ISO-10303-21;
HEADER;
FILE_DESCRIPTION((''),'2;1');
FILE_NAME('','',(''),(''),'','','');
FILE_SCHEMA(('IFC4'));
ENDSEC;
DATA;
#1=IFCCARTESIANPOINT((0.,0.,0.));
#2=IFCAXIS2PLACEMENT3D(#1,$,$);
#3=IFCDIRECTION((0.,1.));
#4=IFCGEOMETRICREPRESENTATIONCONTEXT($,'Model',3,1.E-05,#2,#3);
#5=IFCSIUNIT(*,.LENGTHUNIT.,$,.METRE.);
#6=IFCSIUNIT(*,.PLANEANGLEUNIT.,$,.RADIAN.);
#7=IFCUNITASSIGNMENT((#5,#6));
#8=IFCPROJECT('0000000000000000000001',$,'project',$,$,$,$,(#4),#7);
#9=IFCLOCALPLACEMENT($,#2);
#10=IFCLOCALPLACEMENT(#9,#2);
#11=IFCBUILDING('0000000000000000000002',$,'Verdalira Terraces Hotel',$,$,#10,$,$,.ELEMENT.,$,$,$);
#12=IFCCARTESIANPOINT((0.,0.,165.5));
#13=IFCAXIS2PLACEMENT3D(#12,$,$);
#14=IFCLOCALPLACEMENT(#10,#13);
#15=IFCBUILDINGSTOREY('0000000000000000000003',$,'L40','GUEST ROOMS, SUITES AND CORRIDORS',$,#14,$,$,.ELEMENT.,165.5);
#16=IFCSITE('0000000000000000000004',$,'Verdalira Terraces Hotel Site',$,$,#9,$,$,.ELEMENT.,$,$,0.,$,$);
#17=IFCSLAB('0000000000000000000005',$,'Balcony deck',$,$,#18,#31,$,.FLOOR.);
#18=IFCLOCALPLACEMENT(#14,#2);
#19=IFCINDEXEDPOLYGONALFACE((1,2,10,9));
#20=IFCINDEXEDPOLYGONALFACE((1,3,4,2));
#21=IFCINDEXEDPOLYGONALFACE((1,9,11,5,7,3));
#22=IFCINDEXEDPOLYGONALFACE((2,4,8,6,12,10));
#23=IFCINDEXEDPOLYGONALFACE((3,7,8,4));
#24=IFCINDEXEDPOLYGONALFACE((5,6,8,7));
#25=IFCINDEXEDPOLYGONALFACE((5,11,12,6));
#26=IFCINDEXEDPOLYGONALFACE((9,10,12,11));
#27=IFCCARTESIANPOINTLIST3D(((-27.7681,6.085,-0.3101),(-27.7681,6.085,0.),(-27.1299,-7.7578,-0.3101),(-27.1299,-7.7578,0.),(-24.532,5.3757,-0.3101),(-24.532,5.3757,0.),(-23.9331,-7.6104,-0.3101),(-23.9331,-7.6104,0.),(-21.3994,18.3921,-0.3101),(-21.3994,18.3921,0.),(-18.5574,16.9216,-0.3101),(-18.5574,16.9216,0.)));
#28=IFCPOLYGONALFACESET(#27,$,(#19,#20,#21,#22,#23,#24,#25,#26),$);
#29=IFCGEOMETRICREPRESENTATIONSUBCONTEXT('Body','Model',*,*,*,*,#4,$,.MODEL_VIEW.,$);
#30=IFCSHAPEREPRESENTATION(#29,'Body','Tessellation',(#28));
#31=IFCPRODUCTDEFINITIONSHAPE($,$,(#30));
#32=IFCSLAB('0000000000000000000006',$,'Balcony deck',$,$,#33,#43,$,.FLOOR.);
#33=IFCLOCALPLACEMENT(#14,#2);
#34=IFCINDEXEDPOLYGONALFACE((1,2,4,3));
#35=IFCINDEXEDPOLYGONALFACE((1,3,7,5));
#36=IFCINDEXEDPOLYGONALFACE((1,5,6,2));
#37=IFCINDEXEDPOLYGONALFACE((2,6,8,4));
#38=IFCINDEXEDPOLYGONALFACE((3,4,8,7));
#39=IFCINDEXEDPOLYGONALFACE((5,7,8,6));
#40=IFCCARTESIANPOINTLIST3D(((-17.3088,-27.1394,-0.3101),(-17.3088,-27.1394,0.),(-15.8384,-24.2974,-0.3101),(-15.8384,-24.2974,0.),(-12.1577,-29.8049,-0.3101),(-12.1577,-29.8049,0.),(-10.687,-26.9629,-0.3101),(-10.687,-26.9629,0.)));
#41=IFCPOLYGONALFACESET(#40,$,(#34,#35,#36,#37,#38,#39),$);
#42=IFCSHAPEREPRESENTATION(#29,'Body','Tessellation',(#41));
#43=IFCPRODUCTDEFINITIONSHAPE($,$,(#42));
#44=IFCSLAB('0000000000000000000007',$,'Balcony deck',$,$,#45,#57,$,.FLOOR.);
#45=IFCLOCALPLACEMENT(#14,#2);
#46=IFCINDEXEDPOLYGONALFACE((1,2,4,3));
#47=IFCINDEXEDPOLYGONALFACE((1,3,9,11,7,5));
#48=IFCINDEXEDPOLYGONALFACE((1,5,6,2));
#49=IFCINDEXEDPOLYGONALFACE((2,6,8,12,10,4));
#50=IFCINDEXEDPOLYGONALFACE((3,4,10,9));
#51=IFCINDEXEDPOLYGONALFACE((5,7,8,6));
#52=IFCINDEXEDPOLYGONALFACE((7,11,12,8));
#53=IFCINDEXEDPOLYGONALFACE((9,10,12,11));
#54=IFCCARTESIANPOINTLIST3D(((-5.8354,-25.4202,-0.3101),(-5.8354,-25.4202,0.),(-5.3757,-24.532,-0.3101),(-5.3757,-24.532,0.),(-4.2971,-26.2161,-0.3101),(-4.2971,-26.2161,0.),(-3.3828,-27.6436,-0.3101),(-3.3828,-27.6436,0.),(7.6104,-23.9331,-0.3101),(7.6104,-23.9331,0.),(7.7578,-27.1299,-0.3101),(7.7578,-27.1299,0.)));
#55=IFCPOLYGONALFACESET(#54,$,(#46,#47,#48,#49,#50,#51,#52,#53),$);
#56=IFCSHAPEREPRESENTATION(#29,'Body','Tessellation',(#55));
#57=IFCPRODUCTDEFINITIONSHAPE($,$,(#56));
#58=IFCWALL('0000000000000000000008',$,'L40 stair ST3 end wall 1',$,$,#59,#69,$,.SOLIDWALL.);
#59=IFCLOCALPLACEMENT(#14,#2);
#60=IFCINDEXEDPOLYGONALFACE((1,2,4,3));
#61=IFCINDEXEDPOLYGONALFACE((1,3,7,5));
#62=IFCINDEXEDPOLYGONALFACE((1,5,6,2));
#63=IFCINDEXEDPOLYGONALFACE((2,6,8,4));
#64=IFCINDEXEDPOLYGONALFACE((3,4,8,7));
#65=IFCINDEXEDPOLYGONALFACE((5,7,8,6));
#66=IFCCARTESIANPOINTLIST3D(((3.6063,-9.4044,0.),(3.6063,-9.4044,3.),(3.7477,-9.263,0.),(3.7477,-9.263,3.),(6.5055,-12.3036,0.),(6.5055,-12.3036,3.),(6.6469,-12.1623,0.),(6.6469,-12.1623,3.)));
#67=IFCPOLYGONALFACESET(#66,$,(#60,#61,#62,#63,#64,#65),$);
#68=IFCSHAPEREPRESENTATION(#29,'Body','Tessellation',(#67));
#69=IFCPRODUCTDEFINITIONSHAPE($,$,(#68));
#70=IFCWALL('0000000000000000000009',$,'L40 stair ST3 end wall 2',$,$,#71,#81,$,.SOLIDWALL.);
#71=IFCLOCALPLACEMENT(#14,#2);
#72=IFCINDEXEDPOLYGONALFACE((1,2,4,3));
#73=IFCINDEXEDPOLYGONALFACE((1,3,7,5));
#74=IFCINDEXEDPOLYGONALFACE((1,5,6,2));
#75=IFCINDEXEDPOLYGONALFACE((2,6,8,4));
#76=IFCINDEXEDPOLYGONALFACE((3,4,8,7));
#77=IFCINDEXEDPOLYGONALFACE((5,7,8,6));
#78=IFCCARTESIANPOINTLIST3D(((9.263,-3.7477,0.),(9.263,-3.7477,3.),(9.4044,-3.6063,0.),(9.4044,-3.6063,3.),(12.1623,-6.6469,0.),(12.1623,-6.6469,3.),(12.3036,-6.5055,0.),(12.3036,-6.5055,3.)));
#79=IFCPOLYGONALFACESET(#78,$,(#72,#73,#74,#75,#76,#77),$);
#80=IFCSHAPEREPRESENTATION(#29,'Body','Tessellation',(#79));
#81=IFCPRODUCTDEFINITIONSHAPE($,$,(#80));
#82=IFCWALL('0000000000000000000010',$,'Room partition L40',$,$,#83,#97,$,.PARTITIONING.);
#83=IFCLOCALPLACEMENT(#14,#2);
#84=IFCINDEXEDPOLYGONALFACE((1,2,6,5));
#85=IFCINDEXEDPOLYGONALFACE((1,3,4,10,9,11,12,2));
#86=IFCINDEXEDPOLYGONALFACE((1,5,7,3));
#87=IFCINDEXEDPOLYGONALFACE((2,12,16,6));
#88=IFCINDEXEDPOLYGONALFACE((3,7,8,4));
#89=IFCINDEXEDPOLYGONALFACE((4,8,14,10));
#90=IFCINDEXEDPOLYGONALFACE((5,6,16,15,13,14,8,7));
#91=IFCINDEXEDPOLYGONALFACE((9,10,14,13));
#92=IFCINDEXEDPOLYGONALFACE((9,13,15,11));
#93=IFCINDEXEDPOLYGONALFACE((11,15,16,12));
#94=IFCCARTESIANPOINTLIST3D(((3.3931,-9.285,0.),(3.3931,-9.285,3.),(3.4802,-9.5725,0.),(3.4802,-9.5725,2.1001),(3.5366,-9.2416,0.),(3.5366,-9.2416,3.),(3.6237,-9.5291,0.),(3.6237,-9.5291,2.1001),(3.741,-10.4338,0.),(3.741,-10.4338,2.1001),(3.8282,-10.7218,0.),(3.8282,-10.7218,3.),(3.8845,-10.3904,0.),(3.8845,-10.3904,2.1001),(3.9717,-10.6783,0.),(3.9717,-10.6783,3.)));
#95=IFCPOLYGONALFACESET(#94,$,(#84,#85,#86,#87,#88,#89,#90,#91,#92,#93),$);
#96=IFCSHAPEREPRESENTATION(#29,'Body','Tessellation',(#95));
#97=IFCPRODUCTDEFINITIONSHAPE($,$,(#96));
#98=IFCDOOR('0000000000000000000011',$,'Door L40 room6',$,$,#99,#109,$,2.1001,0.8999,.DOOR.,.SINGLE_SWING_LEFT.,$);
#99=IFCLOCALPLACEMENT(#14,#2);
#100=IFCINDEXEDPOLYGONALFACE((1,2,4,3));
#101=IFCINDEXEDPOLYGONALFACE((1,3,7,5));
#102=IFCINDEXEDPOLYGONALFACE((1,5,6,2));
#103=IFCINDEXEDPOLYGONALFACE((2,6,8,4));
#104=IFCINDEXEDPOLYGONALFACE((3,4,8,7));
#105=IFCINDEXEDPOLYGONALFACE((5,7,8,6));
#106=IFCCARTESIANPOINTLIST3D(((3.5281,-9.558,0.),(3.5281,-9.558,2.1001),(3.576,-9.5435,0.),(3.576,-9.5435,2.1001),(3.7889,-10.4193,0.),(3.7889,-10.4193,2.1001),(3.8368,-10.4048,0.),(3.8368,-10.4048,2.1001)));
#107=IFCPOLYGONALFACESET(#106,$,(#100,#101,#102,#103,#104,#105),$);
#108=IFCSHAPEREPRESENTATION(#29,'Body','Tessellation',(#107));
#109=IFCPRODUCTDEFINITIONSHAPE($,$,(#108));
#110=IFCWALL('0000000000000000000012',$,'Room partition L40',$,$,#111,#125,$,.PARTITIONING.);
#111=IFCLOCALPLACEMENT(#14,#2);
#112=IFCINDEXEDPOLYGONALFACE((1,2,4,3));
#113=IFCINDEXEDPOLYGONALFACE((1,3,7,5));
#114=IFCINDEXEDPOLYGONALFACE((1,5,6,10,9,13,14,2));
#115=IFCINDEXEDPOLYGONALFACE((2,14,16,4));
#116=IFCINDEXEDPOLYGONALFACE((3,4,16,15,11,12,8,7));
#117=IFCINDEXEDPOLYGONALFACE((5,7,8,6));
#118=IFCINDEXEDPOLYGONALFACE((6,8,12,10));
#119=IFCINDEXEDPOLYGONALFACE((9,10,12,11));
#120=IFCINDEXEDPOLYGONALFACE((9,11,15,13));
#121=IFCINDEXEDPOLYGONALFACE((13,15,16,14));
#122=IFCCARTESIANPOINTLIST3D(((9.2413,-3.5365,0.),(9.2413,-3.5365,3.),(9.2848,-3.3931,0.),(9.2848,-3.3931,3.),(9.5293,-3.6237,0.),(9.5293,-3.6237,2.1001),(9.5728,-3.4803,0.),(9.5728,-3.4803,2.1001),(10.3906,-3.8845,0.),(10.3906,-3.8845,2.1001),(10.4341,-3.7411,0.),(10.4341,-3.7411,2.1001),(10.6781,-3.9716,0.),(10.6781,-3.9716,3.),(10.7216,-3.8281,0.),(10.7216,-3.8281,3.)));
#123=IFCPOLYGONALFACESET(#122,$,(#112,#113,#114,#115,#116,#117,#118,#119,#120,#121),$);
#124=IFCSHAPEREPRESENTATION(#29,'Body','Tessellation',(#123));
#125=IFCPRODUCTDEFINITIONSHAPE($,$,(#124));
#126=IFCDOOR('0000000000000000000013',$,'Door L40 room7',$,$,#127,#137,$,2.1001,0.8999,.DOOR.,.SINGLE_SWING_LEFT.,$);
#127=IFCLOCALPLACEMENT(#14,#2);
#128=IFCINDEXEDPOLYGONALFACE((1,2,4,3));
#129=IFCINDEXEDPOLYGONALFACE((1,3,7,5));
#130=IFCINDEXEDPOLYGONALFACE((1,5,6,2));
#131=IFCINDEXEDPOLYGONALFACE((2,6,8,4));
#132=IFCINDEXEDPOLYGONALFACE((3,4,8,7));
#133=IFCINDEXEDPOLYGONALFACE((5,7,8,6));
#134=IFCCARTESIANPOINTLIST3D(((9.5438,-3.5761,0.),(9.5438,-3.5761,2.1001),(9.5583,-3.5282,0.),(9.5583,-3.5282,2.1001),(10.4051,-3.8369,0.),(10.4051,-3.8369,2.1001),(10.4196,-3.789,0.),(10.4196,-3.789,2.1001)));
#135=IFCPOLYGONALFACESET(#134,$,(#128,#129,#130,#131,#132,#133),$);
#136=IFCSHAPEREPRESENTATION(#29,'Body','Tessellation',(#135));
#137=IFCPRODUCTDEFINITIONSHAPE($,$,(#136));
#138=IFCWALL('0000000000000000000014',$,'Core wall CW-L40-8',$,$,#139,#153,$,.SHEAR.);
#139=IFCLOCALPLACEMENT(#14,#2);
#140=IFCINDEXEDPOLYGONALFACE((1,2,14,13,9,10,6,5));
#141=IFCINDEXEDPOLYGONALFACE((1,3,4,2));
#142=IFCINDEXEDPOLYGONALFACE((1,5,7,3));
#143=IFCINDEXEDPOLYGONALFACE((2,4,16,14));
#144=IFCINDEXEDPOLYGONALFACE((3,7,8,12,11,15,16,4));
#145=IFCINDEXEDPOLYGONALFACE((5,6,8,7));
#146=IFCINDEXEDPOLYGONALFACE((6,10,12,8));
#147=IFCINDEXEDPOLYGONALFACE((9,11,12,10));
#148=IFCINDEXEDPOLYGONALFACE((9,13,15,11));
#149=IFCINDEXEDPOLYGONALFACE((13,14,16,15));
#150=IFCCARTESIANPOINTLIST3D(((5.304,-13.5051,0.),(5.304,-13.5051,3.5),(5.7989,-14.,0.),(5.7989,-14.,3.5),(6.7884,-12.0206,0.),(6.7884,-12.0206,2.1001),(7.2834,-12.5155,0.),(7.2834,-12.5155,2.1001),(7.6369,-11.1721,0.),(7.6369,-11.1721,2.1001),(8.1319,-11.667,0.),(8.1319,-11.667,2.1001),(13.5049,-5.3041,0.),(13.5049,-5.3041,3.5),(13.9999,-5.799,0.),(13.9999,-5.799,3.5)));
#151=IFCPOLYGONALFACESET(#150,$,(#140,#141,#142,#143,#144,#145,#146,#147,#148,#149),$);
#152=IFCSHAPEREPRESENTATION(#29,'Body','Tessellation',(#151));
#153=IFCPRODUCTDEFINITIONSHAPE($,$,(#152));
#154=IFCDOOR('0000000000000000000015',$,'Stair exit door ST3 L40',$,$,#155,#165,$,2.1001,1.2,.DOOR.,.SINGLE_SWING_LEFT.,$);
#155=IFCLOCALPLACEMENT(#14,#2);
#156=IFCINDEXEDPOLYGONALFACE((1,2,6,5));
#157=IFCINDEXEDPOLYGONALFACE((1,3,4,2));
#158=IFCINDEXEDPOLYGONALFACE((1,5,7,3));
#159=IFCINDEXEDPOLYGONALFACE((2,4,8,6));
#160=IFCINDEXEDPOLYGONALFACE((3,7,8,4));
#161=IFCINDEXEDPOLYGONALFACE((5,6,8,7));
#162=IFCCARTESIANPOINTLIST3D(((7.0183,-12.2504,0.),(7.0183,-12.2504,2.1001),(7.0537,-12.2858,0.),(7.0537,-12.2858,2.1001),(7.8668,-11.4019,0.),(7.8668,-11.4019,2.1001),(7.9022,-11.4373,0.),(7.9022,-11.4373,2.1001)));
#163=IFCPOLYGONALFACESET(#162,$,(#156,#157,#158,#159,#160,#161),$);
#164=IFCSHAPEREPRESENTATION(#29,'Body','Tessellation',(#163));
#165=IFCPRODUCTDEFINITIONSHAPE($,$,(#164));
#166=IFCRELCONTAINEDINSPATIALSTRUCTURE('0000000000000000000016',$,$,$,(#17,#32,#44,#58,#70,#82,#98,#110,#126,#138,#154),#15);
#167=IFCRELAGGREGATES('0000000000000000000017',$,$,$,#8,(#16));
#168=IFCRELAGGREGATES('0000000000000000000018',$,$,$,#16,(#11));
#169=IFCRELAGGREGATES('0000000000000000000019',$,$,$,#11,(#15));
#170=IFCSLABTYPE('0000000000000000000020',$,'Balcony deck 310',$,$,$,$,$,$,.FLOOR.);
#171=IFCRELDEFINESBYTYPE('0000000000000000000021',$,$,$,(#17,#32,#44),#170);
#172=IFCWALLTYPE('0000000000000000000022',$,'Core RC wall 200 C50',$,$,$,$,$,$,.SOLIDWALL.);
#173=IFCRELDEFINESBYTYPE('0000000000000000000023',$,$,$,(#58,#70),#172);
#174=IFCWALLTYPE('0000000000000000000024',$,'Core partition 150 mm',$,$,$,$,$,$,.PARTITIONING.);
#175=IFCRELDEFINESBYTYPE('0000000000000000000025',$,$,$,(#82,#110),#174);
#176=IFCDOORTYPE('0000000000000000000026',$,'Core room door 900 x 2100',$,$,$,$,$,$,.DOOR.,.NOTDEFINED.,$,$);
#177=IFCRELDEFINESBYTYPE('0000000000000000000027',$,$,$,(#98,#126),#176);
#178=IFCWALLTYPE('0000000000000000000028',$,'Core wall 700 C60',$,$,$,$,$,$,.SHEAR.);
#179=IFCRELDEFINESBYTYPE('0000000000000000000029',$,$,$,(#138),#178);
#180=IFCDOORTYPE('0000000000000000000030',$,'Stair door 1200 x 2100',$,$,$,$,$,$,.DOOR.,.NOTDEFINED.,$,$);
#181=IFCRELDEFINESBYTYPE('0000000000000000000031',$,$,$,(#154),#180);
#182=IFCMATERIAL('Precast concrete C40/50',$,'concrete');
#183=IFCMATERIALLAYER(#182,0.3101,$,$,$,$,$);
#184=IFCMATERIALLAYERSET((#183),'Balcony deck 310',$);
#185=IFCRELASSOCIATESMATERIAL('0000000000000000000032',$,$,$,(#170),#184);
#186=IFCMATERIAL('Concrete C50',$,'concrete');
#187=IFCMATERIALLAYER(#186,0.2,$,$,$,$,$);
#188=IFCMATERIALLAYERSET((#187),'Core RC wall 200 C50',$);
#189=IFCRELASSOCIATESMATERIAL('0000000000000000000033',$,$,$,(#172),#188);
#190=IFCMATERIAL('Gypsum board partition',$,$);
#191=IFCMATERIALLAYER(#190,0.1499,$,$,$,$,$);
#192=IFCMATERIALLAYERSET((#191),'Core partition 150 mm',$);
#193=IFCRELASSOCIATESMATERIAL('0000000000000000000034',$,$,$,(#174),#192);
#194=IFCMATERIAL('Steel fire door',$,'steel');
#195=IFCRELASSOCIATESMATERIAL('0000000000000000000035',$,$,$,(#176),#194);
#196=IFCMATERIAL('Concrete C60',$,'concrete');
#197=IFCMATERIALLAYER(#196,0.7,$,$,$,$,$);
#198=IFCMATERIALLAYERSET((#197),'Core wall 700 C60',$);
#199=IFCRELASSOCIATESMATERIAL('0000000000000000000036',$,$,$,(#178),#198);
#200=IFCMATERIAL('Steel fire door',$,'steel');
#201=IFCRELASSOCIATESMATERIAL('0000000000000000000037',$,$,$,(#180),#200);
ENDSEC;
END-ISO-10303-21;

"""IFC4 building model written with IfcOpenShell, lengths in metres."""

from ifc_helpers import new_model, si_unit, direction, frame, frame_2d, origin, place, context, subcontext, project, spatial, polyline, rectangle, outline, extrude, material, layer, layer_set, type_object, element, fill, save


model = new_model("IFC4")

# Units and contexts
model_context = context("Model", 3, precision=1e-05, world=origin(), true_north=direction((0.0, 1.0)))
body_context = subcontext(model_context, "Body", "Model", "MODEL_VIEW")
ifc_project = project(units=[si_unit("LENGTHUNIT", "METRE"), si_unit("PLANEANGLEUNIT", "RADIAN")], contexts=[model_context])

# Site, building, storey
site_placement = place(None, origin())
site = spatial("IfcSite", under=ifc_project, at=site_placement, Name="Verdalira Terraces Hotel Site", CompositionType="ELEMENT", RefElevation=0.0)
building_placement = place(site_placement, origin())
building = spatial("IfcBuilding", under=site, at=building_placement, Name="Verdalira Terraces Hotel", CompositionType="ELEMENT")
storey_placement = place(building_placement, frame((0.0, 0.0, 165.5)))
storey = spatial("IfcBuildingStorey", under=building, at=storey_placement, Name="L40", Description="GUEST ROOMS, SUITES AND CORRIDORS", CompositionType="ELEMENT", Elevation=165.5)

# Slabs
ifc_material_1 = material(Name="Precast concrete C40/50", Category="concrete")
ifc_layer_1 = layer(ifc_material_1, 0.3101)
ifc_layer_set_1 = layer_set([ifc_layer_1], Name="Balcony deck 310")
slab_type = type_object("IfcSlabType", Name="Balcony deck 310", PredefinedType="FLOOR", material=ifc_layer_set_1)
slab_1_placement = place(storey_placement, frame((0.0, 0.0, -0.3101)))
element("IfcSlab", 1, at=slab_1_placement, inside=storey, type_object=slab_type, Name="Balcony deck", PredefinedType="FLOOR", context=body_context, shape_type="SweptSolid", body=[
    extrude(outline(polyline([(-27.7681, 6.085), (-27.1299, -7.7578), (-23.9331, -7.6104), (-24.532, 5.3757), (-18.5574, 16.9216), (-21.3994, 18.3921), (-27.7681, 6.085)])), origin(), (0.0, 0.0, 1.0), 0.3101),
])
slab_2_placement = place(storey_placement, frame((0.0, 0.0, -0.3101)))
element("IfcSlab", 2, at=slab_2_placement, inside=storey, type_object=slab_type, Name="Balcony deck", PredefinedType="FLOOR", context=body_context, shape_type="SweptSolid", body=[
    extrude(outline(polyline([(-12.1577, -29.8049), (-10.687, -26.9629), (-15.8384, -24.2974), (-17.3088, -27.1394), (-12.1577, -29.8049)])), origin(), (0.0, 0.0, 1.0), 0.3101),
])
slab_3_placement = place(storey_placement, frame((0.0, 0.0, -0.3101)))
element("IfcSlab", 3, at=slab_3_placement, inside=storey, type_object=slab_type, Name="Balcony deck", PredefinedType="FLOOR", context=body_context, shape_type="SweptSolid", body=[
    extrude(outline(polyline([(-3.3828, -27.6436), (7.7578, -27.1299), (7.6104, -23.9331), (-5.3757, -24.532), (-5.8354, -25.4202), (-4.2971, -26.2161), (-3.3828, -27.6436)])), origin(), (0.0, 0.0, 1.0), 0.3101),
])

# Walls
ifc_material_2 = material(Name="Concrete C50", Category="concrete")
ifc_layer_2 = layer(ifc_material_2, 0.2)
ifc_layer_set_2 = layer_set([ifc_layer_2], Name="Core RC wall 200 C50")
wall_type_1 = type_object("IfcWallType", Name="Core RC wall 200 C50", PredefinedType="SOLIDWALL", material=ifc_layer_set_2)
for number, where, z_axis, x_axis, name in (
    (4, (3.677, -9.3337, 0.0), (0.0, 0.0, 1.0), (0.707107, -0.707107, 0.0), "L40 stair ST3 end wall 1"),
    (5, (9.3337, -3.677, 0.0), (0.0, 0.0, 1.0), (0.707107, -0.707107, 0.0), "L40 stair ST3 end wall 2"),
):
    element("IfcWall", number, at=place(storey_placement, frame(where, z_axis=z_axis, x_axis=x_axis)), inside=storey, type_object=wall_type_1, Name=name, PredefinedType="SOLIDWALL", context=body_context, shape_type="SweptSolid", body=[
        extrude(rectangle(XDim=4.1001, YDim=0.2, at=frame_2d((2.05, 0.0))), origin(), (0.0, 0.0, 1.0), 3.0),
    ])

# Walls, openings, doors
ifc_material_3 = material(Name="Gypsum board partition")
ifc_layer_3 = layer(ifc_material_3, 0.1499)
ifc_layer_set_3 = layer_set([ifc_layer_3], Name="Core partition 150 mm")
wall_type_2 = type_object("IfcWallType", Name="Core partition 150 mm", PredefinedType="PARTITIONING", material=ifc_layer_set_3)
wall_1_placement = place(storey_placement, frame((3.8999, -10.7, 0.0), z_axis=(0.0, 0.0, 1.0), x_axis=(-0.289809, 0.957085, 0.0)))
wall_1 = element("IfcWall", 6, at=wall_1_placement, inside=storey, type_object=wall_type_2, Name="Room partition L40", PredefinedType="PARTITIONING", context=body_context, shape_type="SweptSolid", body=[
    extrude(rectangle(XDim=1.5012, YDim=0.1499, at=frame_2d((0.7505, 0.0))), origin(), (0.0, 0.0, 1.0), 3.0),
])
opening_1_placement = place(wall_1_placement, frame((0.3008, 0.0, 0.0)))
opening_1 = element("IfcOpeningElement", 7, at=opening_1_placement, cuts=wall_1, PredefinedType="OPENING", context=body_context, shape_type="SweptSolid", body=[
    extrude(rectangle(XDim=0.8999, YDim=2.1001, at=frame_2d((0.45, 1.05))), frame((0.0, 0.085, 0.0), z_axis=(0.0, -1.0, 0.0), x_axis=(1.0, 0.0, 0.0)), (0.0, 0.0, 1.0), 0.1699),
])
ifc_material_4 = material(Name="Steel fire door", Category="steel")
door_type_1 = type_object("IfcDoorType", Name="Core room door 900 x 2100", OperationType="NOTDEFINED", PredefinedType="DOOR", material=ifc_material_4)
door_1_placement = place(opening_1_placement, origin())
door_1 = element("IfcDoor", 8, at=door_1_placement, inside=storey, type_object=door_type_1, Name="Door L40 room6", OperationType="SINGLE_SWING_LEFT", OverallHeight=2.1001, OverallWidth=0.8999, PredefinedType="DOOR", context=body_context, shape_type="SweptSolid", body=[
    extrude(rectangle(XDim=0.8999, YDim=2.1001, at=frame_2d((0.45, 1.05))), frame((0.0, 0.0249, 0.0), z_axis=(0.0, -1.0, 0.0), x_axis=(1.0, 0.0, 0.0)), (0.0, 0.0, 1.0), 0.05),
])
fill(opening_1, door_1)
wall_2_placement = place(storey_placement, frame((9.2632, -3.4648, 0.0), z_axis=(0.0, 0.0, 1.0), x_axis=(0.957085, -0.289809, 0.0)))
wall_2 = element("IfcWall", 9, at=wall_2_placement, inside=storey, type_object=wall_type_2, Name="Room partition L40", PredefinedType="PARTITIONING", context=body_context, shape_type="SweptSolid", body=[
    extrude(rectangle(XDim=1.5012, YDim=0.1499, at=frame_2d((0.7505, 0.0))), origin(), (0.0, 0.0, 1.0), 3.0),
])
opening_2_placement = place(wall_2_placement, frame((0.3008, 0.0, 0.0)))
opening_2 = element("IfcOpeningElement", 10, at=opening_2_placement, cuts=wall_2, PredefinedType="OPENING", context=body_context, shape_type="SweptSolid", body=[
    extrude(rectangle(XDim=0.8999, YDim=2.1001, at=frame_2d((0.45, 1.05))), frame((0.0, 0.085, 0.0), z_axis=(0.0, -1.0, 0.0), x_axis=(1.0, 0.0, 0.0)), (0.0, 0.0, 1.0), 0.1699),
])
door_2_placement = place(opening_2_placement, origin())
door_2 = element("IfcDoor", 11, at=door_2_placement, inside=storey, type_object=door_type_1, Name="Door L40 room7", OperationType="SINGLE_SWING_LEFT", OverallHeight=2.1001, OverallWidth=0.8999, PredefinedType="DOOR", context=body_context, shape_type="SweptSolid", body=[
    extrude(rectangle(XDim=0.8999, YDim=2.1001, at=frame_2d((0.45, 1.05))), frame((0.0, 0.0249, 0.0), z_axis=(0.0, -1.0, 0.0), x_axis=(1.0, 0.0, 0.0)), (0.0, 0.0, 1.0), 0.05),
])
fill(opening_2, door_2)
ifc_material_5 = material(Name="Concrete C60", Category="concrete")
ifc_layer_4 = layer(ifc_material_5, 0.7)
ifc_layer_set_4 = layer_set([ifc_layer_4], Name="Core wall 700 C60")
wall_type_3 = type_object("IfcWallType", Name="Core wall 700 C60", PredefinedType="SHEAR", material=ifc_layer_set_4)
wall_3_placement = place(storey_placement, frame((5.5515, -13.7524, 0.0), z_axis=(0.0, 0.0, 1.0), x_axis=(0.707107, 0.707107, 0.0)))
wall_3 = element("IfcWall", 12, at=wall_3_placement, inside=storey, type_object=wall_type_3, Name="Core wall CW-L40-8", PredefinedType="SHEAR", context=body_context, shape_type="SweptSolid", body=[
    extrude(rectangle(XDim=11.5979, YDim=0.7, at=frame_2d((5.7988, 0.0))), origin(), (0.0, 0.0, 1.0), 3.5),
])
opening_3_placement = place(wall_3_placement, frame((2.0991, 0.0, 0.0)))
opening_3 = element("IfcOpeningElement", 13, at=opening_3_placement, cuts=wall_3, PredefinedType="OPENING", context=body_context, shape_type="SweptSolid", body=[
    extrude(rectangle(XDim=1.2, YDim=2.1001, at=frame_2d((0.6001, 1.05))), frame((0.0, 0.3599, 0.0), z_axis=(0.0, -1.0, 0.0), x_axis=(1.0, 0.0, 0.0)), (0.0, 0.0, 1.0), 0.72),
])
ifc_material_6 = material(Name="Steel fire door", Category="steel")
door_type_2 = type_object("IfcDoorType", Name="Stair door 1200 x 2100", OperationType="NOTDEFINED", PredefinedType="DOOR", material=ifc_material_6)
door_3_placement = place(opening_3_placement, origin())
door_3 = element("IfcDoor", 14, at=door_3_placement, inside=storey, type_object=door_type_2, Name="Stair exit door ST3 L40", OperationType="SINGLE_SWING_LEFT", OverallHeight=2.1001, OverallWidth=1.2, PredefinedType="DOOR", context=body_context, shape_type="SweptSolid", body=[
    extrude(rectangle(XDim=1.2, YDim=2.1001, at=frame_2d((0.6001, 1.05))), frame((0.0, 0.0249, 0.0), z_axis=(0.0, -1.0, 0.0), x_axis=(1.0, 0.0, 0.0)), (0.0, 0.0, 1.0), 0.05),
])
fill(opening_3, door_3)

save(model, "model.ifc")
